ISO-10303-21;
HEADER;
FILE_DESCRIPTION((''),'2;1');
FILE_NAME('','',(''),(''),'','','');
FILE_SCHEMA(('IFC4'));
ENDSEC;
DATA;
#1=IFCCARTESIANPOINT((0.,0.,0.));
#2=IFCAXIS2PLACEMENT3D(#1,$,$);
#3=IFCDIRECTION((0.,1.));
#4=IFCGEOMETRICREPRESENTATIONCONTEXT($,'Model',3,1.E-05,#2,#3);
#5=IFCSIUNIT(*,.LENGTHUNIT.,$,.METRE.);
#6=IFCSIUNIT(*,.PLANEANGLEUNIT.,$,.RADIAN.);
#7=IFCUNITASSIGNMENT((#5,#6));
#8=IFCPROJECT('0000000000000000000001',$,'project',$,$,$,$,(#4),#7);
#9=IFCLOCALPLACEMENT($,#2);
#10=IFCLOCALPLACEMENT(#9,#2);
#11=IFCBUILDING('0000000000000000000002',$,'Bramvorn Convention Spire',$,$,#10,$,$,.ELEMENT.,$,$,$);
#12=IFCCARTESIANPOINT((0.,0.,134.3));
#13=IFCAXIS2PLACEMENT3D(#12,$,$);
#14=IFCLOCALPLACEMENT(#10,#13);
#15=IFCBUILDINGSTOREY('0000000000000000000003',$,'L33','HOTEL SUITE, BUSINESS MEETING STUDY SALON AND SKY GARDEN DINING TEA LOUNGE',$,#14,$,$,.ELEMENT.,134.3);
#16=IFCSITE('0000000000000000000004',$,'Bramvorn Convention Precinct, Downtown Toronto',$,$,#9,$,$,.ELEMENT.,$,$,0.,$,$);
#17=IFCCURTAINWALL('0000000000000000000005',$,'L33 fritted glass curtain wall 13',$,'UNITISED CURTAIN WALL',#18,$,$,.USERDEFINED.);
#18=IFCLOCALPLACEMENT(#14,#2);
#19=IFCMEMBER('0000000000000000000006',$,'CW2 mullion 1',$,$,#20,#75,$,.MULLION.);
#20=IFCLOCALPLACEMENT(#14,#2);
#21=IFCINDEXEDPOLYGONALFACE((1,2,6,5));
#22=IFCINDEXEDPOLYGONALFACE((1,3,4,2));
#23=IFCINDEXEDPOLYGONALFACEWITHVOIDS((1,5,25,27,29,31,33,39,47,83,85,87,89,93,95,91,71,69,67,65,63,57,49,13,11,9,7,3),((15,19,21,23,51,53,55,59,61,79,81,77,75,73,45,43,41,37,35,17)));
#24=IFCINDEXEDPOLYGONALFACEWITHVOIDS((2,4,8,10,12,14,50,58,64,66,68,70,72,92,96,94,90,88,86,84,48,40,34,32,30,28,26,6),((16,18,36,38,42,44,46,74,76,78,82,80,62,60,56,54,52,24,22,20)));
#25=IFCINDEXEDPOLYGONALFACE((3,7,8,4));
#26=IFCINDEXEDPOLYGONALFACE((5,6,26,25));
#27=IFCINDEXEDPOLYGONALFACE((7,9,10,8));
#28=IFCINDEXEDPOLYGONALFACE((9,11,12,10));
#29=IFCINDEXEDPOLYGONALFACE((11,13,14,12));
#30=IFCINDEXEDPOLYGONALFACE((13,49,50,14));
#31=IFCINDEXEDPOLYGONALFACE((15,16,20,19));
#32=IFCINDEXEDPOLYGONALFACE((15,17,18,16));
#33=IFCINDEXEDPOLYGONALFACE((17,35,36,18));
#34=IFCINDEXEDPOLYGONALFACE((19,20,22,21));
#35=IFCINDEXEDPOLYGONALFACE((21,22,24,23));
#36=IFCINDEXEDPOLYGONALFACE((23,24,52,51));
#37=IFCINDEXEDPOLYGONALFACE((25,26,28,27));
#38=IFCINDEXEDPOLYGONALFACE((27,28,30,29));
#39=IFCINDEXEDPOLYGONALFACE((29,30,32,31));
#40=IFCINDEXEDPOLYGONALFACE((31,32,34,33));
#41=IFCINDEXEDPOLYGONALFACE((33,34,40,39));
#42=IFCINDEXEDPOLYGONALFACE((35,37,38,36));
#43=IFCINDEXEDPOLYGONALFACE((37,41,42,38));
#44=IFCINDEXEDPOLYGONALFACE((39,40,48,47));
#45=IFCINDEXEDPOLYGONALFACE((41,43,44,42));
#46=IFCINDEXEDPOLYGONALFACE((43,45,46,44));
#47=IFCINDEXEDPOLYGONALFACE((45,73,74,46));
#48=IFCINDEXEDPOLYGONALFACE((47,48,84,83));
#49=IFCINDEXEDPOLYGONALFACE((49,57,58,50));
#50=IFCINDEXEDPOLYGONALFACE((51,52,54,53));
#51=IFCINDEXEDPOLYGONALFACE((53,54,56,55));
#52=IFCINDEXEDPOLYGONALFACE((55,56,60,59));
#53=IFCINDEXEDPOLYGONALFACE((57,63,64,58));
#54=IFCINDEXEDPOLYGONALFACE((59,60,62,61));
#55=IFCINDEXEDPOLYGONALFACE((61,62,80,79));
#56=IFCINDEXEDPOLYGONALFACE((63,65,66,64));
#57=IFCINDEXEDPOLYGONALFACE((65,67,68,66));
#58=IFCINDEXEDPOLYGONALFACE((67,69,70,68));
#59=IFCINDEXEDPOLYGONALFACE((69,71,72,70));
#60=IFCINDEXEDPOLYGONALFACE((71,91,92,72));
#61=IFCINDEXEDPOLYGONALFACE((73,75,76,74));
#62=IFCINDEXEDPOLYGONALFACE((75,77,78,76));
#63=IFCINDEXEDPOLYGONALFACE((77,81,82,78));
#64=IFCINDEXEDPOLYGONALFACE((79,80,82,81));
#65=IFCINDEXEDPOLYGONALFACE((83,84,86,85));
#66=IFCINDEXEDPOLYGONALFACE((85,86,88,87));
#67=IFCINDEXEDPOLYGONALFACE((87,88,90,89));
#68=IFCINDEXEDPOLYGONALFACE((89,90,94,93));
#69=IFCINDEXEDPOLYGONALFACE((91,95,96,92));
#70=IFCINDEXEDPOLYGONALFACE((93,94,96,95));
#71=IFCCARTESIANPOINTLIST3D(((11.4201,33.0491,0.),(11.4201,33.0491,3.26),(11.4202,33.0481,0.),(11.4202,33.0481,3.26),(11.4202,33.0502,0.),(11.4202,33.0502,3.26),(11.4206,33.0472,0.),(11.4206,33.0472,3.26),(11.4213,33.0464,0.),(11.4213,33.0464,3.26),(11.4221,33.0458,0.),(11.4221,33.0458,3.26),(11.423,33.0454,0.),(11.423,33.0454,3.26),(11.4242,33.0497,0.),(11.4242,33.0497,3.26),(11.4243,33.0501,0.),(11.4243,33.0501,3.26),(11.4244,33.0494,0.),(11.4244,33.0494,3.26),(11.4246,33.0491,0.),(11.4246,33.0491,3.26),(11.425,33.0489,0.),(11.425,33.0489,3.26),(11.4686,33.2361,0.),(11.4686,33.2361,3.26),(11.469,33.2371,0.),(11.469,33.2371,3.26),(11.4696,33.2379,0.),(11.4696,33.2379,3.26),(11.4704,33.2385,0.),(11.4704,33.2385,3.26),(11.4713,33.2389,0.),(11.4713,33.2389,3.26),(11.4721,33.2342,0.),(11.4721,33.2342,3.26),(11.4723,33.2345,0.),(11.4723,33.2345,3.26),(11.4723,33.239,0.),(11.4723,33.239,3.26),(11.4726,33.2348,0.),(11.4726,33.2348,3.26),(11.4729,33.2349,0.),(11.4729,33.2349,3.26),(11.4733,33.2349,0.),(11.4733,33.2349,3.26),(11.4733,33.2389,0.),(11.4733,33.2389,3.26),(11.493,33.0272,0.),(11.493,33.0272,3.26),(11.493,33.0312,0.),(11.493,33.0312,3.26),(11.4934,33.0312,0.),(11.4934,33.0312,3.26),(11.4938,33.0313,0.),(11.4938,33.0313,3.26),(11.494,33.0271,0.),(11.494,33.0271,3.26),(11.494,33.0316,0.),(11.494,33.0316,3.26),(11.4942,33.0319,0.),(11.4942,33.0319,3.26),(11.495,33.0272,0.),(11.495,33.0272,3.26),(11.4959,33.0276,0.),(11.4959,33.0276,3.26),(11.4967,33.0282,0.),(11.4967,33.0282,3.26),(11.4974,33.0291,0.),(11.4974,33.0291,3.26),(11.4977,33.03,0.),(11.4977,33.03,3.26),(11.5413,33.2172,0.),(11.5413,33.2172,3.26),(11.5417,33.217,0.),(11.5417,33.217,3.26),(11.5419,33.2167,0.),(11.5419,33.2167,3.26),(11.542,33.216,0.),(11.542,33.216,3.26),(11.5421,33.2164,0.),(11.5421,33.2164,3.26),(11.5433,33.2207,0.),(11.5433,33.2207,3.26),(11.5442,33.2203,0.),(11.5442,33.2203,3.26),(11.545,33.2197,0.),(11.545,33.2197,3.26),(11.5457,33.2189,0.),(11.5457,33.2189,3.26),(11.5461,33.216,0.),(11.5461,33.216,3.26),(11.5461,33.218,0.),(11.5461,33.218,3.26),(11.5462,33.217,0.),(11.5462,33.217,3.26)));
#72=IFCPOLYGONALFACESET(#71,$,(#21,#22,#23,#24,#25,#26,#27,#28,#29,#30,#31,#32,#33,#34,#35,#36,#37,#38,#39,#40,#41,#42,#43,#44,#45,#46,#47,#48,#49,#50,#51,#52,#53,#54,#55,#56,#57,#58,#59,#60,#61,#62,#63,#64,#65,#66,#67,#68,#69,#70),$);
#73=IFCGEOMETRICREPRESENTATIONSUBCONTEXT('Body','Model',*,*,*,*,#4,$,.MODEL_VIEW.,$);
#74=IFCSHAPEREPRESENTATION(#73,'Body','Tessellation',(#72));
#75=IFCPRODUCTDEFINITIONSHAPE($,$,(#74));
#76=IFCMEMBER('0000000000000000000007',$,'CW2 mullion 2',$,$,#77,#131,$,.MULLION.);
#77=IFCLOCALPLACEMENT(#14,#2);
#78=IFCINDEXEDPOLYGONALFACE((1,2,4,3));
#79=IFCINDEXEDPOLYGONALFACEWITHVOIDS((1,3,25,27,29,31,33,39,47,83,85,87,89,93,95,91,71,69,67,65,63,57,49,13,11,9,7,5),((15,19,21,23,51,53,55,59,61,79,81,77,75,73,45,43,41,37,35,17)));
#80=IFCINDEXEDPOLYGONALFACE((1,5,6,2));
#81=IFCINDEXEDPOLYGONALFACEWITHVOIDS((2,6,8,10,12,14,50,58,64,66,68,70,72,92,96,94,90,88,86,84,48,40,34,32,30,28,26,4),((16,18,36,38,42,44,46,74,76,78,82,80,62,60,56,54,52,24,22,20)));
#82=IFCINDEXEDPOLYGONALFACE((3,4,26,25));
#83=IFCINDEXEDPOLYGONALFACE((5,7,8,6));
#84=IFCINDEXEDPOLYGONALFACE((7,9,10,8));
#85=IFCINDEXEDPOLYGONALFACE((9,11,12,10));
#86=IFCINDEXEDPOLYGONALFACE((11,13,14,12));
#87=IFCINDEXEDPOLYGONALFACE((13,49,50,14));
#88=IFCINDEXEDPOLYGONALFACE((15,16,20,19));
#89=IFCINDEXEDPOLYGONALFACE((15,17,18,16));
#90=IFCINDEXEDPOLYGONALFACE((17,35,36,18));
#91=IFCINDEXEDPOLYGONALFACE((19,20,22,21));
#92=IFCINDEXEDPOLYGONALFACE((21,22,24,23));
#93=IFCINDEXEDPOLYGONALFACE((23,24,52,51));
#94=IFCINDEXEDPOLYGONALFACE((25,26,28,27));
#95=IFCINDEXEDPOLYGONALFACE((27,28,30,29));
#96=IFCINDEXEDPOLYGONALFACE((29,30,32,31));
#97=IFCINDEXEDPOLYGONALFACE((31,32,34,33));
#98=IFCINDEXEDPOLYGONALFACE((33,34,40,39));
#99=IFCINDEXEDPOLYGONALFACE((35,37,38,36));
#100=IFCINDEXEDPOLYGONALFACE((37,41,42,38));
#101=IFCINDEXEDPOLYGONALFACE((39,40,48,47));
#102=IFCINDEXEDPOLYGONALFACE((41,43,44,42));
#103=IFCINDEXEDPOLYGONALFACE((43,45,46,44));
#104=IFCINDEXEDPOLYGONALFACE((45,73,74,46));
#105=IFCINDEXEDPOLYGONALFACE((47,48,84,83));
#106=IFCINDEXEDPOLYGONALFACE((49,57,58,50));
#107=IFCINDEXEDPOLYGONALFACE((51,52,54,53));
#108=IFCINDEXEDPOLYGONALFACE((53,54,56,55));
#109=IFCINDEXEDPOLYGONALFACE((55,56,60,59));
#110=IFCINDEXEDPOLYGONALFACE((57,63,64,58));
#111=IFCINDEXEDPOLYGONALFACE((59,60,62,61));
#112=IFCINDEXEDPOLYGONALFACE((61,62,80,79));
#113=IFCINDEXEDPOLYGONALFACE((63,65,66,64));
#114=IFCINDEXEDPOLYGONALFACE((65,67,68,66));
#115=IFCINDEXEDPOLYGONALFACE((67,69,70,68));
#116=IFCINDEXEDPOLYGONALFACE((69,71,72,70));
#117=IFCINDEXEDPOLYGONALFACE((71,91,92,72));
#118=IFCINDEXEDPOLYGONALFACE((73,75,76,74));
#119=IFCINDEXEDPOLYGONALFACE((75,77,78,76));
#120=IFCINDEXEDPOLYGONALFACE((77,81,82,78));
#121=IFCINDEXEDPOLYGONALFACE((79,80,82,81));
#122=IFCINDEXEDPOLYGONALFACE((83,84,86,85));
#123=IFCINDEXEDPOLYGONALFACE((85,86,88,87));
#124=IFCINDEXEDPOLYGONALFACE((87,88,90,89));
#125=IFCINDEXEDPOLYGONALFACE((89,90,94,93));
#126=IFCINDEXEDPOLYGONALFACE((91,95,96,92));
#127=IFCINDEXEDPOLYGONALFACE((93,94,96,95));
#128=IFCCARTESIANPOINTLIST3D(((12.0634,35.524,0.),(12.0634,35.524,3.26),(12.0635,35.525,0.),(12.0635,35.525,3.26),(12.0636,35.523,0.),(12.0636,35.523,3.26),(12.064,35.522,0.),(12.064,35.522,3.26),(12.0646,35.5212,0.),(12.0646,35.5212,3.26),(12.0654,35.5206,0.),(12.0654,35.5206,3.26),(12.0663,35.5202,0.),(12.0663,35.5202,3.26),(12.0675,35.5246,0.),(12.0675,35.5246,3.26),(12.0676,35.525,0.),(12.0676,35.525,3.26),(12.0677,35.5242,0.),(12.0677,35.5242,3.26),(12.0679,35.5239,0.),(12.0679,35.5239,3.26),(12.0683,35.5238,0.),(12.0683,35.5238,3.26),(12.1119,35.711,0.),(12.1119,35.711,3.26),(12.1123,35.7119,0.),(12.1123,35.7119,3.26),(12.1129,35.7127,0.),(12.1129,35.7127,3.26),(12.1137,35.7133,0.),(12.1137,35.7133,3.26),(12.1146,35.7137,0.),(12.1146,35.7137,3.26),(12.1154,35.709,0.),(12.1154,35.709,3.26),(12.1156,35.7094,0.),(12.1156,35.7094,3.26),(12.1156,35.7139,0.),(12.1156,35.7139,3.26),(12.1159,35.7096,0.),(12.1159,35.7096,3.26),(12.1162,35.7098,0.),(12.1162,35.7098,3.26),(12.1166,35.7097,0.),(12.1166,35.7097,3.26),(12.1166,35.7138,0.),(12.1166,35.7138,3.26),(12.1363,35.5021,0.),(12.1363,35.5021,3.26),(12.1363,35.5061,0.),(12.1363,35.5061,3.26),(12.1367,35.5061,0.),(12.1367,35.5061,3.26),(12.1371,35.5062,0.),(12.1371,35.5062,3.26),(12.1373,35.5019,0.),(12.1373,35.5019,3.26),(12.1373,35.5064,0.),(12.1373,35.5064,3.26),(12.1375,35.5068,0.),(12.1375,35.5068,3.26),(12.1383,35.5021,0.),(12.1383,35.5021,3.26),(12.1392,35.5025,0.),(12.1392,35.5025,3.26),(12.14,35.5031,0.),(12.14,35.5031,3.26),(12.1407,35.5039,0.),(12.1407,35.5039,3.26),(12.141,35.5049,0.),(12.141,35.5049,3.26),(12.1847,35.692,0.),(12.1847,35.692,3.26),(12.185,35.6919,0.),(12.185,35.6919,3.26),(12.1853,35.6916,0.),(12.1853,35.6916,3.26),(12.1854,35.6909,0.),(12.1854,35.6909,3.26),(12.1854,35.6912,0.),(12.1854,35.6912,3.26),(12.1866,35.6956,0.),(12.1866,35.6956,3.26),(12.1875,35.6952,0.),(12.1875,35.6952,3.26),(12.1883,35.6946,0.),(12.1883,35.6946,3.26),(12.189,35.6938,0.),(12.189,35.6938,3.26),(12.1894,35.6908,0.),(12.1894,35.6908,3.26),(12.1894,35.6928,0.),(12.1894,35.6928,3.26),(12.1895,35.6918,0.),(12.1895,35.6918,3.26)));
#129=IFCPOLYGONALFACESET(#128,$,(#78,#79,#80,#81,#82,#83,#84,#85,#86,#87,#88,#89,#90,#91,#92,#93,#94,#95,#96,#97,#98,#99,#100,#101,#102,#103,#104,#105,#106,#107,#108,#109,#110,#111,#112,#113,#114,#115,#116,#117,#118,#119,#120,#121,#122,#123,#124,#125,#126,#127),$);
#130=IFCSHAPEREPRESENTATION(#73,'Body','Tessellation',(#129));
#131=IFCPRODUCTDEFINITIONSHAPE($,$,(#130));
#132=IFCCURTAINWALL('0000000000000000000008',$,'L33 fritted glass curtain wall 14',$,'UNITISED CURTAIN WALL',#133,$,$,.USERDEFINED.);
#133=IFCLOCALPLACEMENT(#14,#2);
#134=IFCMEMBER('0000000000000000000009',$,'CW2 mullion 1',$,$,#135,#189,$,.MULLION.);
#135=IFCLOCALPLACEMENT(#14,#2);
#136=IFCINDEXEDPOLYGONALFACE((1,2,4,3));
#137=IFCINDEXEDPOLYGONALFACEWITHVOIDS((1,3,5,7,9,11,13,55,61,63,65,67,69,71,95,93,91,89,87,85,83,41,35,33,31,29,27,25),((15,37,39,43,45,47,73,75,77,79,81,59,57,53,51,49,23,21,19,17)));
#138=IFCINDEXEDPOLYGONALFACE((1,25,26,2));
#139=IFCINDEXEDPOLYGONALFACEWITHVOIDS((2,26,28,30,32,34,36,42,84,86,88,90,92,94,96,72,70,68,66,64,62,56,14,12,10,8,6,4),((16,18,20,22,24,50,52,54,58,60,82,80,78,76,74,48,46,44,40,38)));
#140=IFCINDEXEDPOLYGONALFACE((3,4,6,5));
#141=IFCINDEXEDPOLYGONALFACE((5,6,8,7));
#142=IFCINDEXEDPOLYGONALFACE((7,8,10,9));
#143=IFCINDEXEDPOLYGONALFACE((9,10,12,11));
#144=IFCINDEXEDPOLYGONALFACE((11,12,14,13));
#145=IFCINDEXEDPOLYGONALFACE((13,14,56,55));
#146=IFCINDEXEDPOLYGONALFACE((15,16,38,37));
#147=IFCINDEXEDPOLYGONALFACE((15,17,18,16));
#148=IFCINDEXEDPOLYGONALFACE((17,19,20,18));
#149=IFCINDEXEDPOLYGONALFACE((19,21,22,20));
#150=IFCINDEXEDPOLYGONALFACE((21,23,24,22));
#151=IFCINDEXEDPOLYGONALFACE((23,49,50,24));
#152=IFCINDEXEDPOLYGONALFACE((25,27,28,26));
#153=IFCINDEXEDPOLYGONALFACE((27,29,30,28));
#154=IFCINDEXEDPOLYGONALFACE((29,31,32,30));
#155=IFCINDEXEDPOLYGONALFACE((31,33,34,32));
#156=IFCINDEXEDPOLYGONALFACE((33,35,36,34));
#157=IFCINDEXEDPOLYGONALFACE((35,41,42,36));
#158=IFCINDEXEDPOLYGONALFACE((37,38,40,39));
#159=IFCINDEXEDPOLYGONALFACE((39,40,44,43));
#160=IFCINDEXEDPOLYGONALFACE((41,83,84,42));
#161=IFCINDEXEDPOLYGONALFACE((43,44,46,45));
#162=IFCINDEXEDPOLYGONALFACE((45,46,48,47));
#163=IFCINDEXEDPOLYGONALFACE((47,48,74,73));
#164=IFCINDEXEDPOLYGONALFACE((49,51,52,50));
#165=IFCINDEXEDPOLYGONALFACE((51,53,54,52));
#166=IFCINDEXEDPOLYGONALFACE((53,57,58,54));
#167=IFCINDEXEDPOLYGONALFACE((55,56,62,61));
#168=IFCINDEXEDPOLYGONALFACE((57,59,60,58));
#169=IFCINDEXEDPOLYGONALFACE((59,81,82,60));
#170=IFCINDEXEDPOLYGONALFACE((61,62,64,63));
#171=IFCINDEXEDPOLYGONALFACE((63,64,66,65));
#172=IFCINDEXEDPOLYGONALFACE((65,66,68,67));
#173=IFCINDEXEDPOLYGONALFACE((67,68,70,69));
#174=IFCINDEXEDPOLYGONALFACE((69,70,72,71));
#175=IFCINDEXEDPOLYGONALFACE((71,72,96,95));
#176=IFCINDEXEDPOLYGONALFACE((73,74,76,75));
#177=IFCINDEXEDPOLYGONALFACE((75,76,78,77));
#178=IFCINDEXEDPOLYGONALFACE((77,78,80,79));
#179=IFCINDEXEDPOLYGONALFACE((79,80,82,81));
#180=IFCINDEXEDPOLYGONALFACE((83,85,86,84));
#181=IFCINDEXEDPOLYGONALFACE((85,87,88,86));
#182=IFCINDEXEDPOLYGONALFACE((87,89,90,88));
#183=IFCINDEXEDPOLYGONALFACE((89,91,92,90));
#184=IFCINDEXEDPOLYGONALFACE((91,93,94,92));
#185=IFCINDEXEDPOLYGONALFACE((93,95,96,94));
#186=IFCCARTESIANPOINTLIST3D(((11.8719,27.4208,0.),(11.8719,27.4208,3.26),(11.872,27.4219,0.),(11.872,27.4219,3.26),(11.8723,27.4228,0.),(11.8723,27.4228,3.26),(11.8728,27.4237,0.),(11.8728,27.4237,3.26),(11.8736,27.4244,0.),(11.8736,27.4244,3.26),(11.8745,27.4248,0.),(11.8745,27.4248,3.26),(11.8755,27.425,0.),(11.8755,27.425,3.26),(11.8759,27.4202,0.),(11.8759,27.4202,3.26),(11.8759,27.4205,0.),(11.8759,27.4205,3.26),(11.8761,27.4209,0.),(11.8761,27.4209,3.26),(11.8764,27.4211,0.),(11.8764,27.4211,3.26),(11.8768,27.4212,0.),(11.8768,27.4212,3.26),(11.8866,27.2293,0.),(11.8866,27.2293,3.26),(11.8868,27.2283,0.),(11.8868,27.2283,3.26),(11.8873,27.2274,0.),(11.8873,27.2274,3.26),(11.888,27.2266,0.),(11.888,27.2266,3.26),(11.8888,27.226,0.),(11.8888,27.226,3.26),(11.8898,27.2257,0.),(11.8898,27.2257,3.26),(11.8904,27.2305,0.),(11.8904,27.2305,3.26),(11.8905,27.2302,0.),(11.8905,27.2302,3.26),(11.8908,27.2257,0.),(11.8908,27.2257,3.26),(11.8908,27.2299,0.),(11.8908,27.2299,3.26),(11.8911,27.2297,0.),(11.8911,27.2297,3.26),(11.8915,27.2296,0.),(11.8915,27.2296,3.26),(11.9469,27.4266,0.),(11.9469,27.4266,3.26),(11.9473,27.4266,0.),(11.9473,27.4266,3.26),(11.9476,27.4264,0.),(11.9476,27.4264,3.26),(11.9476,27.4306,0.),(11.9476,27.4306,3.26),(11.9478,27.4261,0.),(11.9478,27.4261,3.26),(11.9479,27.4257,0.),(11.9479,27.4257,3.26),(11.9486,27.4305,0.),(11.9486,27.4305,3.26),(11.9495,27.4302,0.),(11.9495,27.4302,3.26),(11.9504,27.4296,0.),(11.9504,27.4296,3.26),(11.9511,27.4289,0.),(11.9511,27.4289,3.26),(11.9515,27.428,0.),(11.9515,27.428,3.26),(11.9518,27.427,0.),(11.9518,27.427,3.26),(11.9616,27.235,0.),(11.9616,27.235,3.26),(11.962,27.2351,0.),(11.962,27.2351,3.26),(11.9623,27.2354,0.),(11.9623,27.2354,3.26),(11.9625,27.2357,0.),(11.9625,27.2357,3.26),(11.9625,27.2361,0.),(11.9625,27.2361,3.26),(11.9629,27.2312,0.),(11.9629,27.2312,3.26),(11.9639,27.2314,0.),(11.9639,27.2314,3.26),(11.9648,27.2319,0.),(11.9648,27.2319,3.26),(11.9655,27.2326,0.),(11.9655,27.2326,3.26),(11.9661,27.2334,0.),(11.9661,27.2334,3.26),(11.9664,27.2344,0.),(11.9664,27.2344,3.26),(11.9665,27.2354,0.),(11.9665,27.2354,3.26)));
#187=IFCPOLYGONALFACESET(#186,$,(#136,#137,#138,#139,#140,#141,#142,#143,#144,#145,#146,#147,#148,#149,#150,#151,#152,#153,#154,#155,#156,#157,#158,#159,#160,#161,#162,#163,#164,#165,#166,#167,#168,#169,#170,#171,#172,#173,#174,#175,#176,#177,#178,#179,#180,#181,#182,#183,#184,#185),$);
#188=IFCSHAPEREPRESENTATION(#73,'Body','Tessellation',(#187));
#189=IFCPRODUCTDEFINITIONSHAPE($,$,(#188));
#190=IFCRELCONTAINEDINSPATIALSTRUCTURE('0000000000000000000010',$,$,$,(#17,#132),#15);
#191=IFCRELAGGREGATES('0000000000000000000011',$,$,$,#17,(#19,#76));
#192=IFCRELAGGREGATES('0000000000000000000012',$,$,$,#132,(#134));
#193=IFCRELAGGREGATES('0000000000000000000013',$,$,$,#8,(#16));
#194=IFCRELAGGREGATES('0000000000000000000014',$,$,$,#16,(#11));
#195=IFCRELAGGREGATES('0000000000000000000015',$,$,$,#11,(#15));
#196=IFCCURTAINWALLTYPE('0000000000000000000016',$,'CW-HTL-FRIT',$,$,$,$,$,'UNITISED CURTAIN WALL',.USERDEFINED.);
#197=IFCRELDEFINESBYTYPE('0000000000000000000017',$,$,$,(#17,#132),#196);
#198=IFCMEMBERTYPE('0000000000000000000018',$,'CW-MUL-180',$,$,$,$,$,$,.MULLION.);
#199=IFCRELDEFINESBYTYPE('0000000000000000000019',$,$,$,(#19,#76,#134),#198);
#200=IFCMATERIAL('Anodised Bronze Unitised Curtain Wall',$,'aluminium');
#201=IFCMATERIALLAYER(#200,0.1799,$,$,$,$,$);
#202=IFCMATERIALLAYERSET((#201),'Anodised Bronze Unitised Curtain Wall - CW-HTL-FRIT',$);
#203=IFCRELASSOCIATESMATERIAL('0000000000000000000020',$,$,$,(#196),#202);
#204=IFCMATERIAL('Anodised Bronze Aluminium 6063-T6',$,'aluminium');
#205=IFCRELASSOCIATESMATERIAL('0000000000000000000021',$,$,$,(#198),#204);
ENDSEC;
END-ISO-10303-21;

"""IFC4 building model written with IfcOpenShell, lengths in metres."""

from ifc_helpers import new_model, si_unit, direction, frame, origin, origin_2d, place, context, subcontext, project, spatial, hollow_rectangle, extrude, material, layer, layer_set, material_profile, profile_set, type_object, element, aggregate, save


model = new_model("IFC4")

# Units and contexts
model_context = context("Model", 3, precision=1e-05, world=origin(), true_north=direction((0.0, 1.0)))
body_context = subcontext(model_context, "Body", "Model", "MODEL_VIEW")
ifc_project = project(units=[si_unit("LENGTHUNIT", "METRE"), si_unit("PLANEANGLEUNIT", "RADIAN")], contexts=[model_context])

# Site, building, storey
site_placement = place(None, origin())
site = spatial("IfcSite", under=ifc_project, at=site_placement, Name="Bramvorn Convention Precinct, Downtown Toronto", CompositionType="ELEMENT", RefElevation=0.0)
building_placement = place(site_placement, origin())
building = spatial("IfcBuilding", under=site, at=building_placement, Name="Bramvorn Convention Spire", CompositionType="ELEMENT")
storey_placement = place(building_placement, frame((0.0, 0.0, 134.3)))
storey = spatial("IfcBuildingStorey", under=building, at=storey_placement, Name="L33", Description="HOTEL SUITE, BUSINESS MEETING STUDY SALON AND SKY GARDEN DINING TEA LOUNGE", CompositionType="ELEMENT", Elevation=134.3)

# Curtain walls, members
ifc_material_1 = material(Name="Anodised Bronze Unitised Curtain Wall", Category="aluminium")
ifc_layer_1 = layer(ifc_material_1, 0.1799)
ifc_layer_set_1 = layer_set([ifc_layer_1], Name="Anodised Bronze Unitised Curtain Wall - CW-HTL-FRIT")
curtain_wall_type = type_object("IfcCurtainWallType", Name="CW-HTL-FRIT", ElementType="UNITISED CURTAIN WALL", PredefinedType="USERDEFINED", material=ifc_layer_set_1)
curtain_wall_1_placement = place(storey_placement, origin())
curtain_wall_1 = element("IfcCurtainWall", 1, at=curtain_wall_1_placement, inside=storey, type_object=curtain_wall_type, Name="L33 fritted glass curtain wall 13", ObjectType="UNITISED CURTAIN WALL", PredefinedType="USERDEFINED")
ifc_material_2 = material(Name="Anodised Bronze Aluminium 6063-T6", Category="aluminium")
ifc_material_profile_1 = material_profile(ifc_material_2, hollow_rectangle(XDim=0.0801, YDim=0.2, WallThickness=0.0039, InnerFilletRadius=0.001, OuterFilletRadius=0.0039, at=origin_2d()))
ifc_profile_set_1 = profile_set([ifc_material_profile_1], Name="Anodised Bronze Aluminium 6063-T6 - CWM80X200")
member_type_1 = type_object("IfcMemberType", Name="CW-MUL-180", PredefinedType="MULLION", material=ifc_profile_set_1)
member_1_placement = place(storey_placement, frame((11.4832, 33.1331, 0.0), z_axis=(0.0, 0.0, 1.0), x_axis=(-0.967834, 0.251588, 0.0)))
member_1 = element("IfcMember", 2, at=member_1_placement, type_object=member_type_1, Name="CW2 mullion 1", PredefinedType="MULLION", context=body_context, shape_type="SweptSolid", body=[
    extrude(hollow_rectangle(XDim=0.0801, YDim=0.2, WallThickness=0.0039, InnerFilletRadius=0.001, OuterFilletRadius=0.0039, at=origin_2d()), origin(), (0.0, 0.0, 1.0), 3.26),
])
member_2_placement = place(storey_placement, frame((12.1265, 35.6079, 0.0), z_axis=(0.0, 0.0, 1.0), x_axis=(-0.967834, 0.251588, 0.0)))
member_2 = element("IfcMember", 3, at=member_2_placement, type_object=member_type_1, Name="CW2 mullion 2", PredefinedType="MULLION", context=body_context, shape_type="SweptSolid", body=[
    extrude(hollow_rectangle(XDim=0.0801, YDim=0.2, WallThickness=0.0039, InnerFilletRadius=0.001, OuterFilletRadius=0.0039, at=origin_2d()), origin(), (0.0, 0.0, 1.0), 3.26),
])
curtain_wall_2_placement = place(storey_placement, origin())
curtain_wall_2 = element("IfcCurtainWall", 4, at=curtain_wall_2_placement, inside=storey, type_object=curtain_wall_type, Name="L33 fritted glass curtain wall 14", ObjectType="UNITISED CURTAIN WALL", PredefinedType="USERDEFINED")
member_3_placement = place(storey_placement, frame((11.9192, 27.3281, 0.0), z_axis=(0.0, 0.0, 1.0), x_axis=(-0.997064, -0.076578, 0.0)))
member_3 = element("IfcMember", 5, at=member_3_placement, type_object=member_type_1, Name="CW2 mullion 1", PredefinedType="MULLION", context=body_context, shape_type="SweptSolid", body=[
    extrude(hollow_rectangle(XDim=0.0801, YDim=0.2, WallThickness=0.0039, InnerFilletRadius=0.001, OuterFilletRadius=0.0039, at=origin_2d()), origin(), (0.0, 0.0, 1.0), 3.26),
])

aggregate(curtain_wall_1, [member_1, member_2])
aggregate(curtain_wall_2, [member_3])

save(model, "model.ifc")
